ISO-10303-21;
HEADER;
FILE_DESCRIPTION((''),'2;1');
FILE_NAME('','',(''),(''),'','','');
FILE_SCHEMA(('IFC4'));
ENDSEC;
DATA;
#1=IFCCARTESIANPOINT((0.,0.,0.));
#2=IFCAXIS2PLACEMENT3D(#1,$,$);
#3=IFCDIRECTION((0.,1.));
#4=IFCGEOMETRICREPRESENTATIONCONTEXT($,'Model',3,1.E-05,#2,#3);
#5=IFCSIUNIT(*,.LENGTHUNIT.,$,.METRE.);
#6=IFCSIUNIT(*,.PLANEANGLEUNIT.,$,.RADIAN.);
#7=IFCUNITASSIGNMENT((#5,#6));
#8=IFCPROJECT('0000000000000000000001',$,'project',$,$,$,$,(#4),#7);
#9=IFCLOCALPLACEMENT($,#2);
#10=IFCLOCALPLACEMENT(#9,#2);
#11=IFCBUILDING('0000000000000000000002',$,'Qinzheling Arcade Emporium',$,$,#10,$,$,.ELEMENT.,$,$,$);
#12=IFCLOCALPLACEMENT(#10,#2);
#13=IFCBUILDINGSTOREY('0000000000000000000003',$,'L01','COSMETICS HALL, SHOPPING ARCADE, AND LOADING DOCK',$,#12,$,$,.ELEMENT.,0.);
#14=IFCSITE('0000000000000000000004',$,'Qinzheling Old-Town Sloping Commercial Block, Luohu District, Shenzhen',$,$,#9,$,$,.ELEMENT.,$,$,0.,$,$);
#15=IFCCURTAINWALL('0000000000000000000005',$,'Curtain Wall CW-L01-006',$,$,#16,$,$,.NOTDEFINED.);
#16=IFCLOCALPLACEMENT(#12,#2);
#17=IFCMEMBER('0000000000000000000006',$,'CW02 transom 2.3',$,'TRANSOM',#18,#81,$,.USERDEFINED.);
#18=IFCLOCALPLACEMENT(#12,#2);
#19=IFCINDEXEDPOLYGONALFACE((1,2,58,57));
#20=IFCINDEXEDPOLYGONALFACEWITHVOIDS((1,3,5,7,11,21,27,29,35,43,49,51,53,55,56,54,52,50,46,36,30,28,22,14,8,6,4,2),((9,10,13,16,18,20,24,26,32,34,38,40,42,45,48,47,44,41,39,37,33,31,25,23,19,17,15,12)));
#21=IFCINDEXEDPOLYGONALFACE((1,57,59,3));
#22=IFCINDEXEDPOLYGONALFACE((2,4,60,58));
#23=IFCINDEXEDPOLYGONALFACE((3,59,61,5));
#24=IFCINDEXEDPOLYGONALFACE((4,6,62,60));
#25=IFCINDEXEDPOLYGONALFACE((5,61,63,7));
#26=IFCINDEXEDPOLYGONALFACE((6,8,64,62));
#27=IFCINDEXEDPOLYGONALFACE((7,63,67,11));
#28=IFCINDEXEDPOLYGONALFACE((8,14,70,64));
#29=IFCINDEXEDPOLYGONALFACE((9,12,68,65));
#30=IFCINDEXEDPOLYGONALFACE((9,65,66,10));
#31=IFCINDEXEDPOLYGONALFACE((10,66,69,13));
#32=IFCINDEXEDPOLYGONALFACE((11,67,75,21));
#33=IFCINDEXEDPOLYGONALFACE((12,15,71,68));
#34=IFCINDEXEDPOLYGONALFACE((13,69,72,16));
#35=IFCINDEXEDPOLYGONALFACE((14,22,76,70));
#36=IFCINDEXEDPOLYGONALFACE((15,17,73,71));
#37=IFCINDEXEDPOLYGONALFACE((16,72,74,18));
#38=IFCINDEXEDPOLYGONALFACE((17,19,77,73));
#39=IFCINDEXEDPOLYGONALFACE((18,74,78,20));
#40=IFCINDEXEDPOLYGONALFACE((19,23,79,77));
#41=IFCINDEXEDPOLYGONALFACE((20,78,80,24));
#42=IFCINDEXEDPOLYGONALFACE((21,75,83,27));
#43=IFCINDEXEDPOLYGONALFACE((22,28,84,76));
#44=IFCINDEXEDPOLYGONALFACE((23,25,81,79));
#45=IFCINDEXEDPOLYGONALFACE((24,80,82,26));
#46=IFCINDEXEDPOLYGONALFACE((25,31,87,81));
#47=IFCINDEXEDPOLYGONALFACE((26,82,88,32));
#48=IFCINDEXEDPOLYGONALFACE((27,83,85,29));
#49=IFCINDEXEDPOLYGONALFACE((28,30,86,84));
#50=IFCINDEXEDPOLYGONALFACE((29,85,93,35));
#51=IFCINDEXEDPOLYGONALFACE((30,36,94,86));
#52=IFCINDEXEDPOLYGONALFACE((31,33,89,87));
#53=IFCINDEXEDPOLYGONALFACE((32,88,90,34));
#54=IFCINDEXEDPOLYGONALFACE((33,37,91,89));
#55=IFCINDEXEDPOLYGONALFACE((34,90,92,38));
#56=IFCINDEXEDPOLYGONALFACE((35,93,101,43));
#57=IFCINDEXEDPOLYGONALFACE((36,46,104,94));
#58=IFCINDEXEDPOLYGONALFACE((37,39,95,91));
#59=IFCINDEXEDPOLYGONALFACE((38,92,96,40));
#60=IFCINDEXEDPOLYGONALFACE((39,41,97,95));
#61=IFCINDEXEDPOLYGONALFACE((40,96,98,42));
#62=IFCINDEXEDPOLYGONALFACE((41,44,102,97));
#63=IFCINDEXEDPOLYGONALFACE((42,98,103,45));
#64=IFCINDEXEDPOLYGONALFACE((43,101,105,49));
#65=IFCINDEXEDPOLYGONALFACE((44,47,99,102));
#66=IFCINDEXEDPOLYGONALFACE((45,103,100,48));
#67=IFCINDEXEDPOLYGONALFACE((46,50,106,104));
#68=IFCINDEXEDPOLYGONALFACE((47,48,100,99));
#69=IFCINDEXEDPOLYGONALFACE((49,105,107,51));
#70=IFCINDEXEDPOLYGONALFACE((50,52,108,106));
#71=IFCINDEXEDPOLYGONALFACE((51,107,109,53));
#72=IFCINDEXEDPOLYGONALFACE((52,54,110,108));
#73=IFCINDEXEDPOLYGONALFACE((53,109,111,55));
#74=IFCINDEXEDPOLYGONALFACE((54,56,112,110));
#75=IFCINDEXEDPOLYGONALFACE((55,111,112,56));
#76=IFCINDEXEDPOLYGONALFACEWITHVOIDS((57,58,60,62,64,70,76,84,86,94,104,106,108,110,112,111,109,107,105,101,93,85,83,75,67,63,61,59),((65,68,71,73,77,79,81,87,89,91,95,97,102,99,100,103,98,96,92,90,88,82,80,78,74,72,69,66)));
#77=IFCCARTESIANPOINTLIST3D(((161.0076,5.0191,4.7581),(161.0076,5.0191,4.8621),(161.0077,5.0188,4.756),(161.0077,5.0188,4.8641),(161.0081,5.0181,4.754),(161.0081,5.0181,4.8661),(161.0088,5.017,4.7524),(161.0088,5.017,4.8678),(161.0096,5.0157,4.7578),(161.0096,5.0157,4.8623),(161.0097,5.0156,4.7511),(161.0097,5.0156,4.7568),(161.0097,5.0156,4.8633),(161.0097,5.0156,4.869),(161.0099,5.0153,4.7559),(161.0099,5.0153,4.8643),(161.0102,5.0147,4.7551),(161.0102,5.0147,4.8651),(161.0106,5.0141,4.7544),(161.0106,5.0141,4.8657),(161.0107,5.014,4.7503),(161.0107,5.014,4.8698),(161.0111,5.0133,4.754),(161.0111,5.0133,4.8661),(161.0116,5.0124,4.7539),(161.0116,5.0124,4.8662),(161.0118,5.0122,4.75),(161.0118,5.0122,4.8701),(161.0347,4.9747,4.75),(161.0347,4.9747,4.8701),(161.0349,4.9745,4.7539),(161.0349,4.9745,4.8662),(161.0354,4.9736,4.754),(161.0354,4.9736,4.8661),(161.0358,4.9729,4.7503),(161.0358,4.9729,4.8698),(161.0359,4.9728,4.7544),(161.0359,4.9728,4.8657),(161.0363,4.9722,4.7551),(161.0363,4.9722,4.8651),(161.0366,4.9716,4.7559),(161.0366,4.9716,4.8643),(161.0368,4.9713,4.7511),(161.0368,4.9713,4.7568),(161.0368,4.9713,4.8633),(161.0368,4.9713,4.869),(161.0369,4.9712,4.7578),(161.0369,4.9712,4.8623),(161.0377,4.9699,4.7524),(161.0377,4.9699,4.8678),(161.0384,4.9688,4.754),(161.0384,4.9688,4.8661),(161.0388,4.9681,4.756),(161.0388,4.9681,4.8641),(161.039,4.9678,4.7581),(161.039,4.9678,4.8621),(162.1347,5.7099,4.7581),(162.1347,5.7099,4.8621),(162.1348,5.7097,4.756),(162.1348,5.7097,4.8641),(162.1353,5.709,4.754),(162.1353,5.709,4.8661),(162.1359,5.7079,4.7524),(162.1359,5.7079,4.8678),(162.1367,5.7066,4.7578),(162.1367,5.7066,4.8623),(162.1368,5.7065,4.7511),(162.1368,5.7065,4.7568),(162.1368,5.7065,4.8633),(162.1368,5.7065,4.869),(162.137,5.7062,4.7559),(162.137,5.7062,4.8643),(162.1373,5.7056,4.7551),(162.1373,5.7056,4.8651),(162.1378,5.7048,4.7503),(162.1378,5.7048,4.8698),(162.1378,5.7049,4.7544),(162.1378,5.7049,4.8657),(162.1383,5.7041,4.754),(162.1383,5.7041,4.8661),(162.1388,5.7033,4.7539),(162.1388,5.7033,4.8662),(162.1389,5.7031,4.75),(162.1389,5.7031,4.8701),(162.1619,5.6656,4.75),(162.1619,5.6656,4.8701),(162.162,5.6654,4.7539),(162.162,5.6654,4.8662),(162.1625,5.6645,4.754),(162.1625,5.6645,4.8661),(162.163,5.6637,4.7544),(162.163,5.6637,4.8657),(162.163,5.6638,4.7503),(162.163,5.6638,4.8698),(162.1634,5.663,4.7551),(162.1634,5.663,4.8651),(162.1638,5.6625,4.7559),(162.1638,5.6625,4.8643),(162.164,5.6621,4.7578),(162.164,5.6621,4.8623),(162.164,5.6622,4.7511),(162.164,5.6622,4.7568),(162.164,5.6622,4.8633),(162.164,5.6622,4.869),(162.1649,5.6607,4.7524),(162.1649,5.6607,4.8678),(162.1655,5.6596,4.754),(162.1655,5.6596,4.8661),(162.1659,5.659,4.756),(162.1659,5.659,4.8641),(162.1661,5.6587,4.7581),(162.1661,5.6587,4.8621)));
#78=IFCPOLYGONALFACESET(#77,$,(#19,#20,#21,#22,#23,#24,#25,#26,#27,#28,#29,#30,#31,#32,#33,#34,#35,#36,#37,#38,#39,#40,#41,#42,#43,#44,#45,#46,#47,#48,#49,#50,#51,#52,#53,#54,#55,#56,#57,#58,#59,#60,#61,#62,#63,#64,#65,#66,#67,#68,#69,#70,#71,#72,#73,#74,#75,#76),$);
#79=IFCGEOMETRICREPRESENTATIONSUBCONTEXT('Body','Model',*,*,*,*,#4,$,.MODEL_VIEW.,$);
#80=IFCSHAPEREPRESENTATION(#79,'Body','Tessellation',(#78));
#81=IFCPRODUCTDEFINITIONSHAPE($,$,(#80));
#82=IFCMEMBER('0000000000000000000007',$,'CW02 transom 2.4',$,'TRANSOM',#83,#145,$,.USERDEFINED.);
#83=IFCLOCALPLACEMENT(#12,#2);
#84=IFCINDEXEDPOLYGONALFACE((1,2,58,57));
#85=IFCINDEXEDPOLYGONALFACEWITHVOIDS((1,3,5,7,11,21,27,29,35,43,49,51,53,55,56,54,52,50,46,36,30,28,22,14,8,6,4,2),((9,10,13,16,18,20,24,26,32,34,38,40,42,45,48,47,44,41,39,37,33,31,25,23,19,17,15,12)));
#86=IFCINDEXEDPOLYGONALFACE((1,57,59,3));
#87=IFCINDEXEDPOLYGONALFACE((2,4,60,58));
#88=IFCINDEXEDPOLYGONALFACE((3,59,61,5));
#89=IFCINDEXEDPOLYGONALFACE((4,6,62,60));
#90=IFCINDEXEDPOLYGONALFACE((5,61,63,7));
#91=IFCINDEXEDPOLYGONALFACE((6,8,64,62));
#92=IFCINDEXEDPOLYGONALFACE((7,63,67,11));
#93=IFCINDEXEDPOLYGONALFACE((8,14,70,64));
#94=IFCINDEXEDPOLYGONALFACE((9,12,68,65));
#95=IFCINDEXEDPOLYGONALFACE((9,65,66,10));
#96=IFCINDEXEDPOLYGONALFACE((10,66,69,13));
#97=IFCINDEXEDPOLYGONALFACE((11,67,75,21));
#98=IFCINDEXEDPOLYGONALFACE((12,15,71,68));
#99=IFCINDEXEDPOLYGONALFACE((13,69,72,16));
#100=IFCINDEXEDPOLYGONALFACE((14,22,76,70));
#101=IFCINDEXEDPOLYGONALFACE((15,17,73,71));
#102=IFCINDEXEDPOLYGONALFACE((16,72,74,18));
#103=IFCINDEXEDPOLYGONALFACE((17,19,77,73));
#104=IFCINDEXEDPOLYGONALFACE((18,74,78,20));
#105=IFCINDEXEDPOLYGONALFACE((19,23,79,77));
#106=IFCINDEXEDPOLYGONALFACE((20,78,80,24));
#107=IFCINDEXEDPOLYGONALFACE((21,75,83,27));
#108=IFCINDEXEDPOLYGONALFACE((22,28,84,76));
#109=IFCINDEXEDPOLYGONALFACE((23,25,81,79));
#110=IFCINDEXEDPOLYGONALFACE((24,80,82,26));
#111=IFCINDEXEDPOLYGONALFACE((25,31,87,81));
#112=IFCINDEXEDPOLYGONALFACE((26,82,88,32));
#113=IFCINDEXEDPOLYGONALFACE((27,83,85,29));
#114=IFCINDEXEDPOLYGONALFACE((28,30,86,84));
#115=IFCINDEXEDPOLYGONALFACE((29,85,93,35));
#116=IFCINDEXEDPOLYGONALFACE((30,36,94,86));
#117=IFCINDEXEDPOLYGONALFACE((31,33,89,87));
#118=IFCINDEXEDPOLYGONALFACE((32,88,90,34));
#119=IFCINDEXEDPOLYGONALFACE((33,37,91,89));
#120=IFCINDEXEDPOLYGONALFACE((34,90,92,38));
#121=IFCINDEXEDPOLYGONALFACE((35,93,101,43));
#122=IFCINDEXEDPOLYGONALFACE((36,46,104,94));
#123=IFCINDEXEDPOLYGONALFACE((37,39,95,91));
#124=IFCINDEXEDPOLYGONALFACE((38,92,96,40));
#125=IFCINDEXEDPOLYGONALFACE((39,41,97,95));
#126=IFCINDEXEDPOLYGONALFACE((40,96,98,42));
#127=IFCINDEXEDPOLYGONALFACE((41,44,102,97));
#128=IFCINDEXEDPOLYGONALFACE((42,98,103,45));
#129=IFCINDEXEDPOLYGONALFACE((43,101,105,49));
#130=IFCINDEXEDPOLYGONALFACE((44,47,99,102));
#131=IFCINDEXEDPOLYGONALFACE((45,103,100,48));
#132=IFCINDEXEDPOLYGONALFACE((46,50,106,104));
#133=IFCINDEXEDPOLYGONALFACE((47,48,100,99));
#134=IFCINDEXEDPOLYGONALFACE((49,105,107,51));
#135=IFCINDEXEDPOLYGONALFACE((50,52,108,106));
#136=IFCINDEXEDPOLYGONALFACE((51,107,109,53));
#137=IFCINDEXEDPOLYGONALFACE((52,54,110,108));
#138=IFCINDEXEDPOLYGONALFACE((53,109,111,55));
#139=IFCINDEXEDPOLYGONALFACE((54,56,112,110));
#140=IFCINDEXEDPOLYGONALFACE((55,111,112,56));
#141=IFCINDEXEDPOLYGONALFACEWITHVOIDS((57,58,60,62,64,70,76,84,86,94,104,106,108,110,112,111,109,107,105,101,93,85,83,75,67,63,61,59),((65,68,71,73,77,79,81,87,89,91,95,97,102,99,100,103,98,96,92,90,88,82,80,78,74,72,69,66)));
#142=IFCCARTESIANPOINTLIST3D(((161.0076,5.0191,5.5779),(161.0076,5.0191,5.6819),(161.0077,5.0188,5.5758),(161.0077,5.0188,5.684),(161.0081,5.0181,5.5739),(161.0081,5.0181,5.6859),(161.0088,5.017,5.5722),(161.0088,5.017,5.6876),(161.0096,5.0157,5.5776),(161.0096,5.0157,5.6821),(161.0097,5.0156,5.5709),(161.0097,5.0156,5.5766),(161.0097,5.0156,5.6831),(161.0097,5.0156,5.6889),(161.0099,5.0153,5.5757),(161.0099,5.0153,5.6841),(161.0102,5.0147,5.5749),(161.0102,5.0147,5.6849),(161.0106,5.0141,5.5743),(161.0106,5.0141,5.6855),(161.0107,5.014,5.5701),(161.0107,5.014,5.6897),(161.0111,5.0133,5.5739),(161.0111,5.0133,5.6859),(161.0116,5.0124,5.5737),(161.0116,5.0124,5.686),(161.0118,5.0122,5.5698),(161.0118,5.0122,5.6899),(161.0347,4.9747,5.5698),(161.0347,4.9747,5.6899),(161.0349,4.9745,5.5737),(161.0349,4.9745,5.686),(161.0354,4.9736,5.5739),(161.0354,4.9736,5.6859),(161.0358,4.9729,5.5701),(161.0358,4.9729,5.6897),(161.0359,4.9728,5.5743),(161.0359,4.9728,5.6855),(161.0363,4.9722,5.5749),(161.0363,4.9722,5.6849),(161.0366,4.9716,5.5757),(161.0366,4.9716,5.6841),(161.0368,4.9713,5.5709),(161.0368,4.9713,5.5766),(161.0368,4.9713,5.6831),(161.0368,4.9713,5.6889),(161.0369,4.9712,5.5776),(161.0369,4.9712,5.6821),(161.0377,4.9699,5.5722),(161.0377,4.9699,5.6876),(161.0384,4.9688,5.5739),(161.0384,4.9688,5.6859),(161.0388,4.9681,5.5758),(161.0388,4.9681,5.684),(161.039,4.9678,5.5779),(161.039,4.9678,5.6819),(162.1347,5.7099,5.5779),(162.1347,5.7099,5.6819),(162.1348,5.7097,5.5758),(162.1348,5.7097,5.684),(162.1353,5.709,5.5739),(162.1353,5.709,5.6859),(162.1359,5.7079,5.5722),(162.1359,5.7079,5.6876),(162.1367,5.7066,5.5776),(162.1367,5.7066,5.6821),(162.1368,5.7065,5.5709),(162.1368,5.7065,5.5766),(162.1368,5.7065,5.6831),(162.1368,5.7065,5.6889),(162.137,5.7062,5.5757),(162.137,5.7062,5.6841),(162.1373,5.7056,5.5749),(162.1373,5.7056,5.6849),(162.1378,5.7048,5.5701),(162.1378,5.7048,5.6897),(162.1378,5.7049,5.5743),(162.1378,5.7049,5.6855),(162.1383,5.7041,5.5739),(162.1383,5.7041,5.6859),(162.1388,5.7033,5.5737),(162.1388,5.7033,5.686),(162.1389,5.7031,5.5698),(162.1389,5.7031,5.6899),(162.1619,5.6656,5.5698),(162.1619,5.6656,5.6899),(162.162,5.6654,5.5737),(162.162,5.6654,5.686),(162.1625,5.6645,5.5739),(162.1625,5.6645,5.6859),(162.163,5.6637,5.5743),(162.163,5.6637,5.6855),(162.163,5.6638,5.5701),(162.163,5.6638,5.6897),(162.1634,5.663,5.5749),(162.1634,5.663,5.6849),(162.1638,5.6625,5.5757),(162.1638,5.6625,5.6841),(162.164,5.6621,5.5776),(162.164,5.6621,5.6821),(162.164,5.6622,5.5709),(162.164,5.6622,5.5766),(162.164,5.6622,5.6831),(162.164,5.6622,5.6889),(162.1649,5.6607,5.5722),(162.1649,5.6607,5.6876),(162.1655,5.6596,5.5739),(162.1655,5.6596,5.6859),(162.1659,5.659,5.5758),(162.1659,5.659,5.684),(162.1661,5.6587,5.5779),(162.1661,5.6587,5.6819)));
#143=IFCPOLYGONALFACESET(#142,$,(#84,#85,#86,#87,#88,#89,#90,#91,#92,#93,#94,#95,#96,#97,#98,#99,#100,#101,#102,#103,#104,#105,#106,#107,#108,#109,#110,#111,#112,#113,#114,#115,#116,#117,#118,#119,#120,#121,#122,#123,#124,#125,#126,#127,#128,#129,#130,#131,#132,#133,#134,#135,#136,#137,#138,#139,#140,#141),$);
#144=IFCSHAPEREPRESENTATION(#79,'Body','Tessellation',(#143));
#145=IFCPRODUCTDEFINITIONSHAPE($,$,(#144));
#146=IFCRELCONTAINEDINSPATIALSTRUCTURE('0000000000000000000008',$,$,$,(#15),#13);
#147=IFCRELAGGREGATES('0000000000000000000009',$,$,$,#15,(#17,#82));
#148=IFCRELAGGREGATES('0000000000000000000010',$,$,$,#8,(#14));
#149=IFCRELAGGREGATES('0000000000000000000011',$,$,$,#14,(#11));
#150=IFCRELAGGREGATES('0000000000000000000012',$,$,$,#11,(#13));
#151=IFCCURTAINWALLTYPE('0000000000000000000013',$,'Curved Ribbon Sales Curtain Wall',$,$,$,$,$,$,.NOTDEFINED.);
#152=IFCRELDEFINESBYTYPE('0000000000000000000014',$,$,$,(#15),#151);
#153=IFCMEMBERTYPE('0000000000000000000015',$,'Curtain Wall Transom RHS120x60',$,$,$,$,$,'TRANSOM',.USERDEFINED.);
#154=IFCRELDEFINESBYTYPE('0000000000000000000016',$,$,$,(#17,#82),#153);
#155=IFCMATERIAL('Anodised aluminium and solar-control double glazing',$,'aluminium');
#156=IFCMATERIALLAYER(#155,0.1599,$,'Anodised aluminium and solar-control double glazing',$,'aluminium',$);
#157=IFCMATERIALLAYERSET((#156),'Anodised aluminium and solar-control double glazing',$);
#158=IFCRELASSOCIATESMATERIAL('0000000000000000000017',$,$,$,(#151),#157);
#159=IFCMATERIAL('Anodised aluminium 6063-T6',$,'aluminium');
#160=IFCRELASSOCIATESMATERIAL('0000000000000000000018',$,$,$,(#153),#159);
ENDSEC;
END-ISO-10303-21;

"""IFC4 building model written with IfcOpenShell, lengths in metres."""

from ifc_helpers import new_model, si_unit, direction, frame, origin, origin_2d, place, context, subcontext, project, spatial, hollow_rectangle, extrude, material, layer, layer_set, material_profile, profile_set, type_object, element, aggregate, save


model = new_model("IFC4")

# Units and contexts
model_context = context("Model", 3, precision=1e-05, world=origin(), true_north=direction((0.0, 1.0)))
body_context = subcontext(model_context, "Body", "Model", "MODEL_VIEW")
ifc_project = project(units=[si_unit("LENGTHUNIT", "METRE"), si_unit("PLANEANGLEUNIT", "RADIAN")], contexts=[model_context])

# Site, building, storey
site_placement = place(None, origin())
site = spatial("IfcSite", under=ifc_project, at=site_placement, Name="Qinzheling Old-Town Sloping Commercial Block, Luohu District, Shenzhen", CompositionType="ELEMENT", RefElevation=0.0)
building_placement = place(site_placement, origin())
building = spatial("IfcBuilding", under=site, at=building_placement, Name="Qinzheling Arcade Emporium", CompositionType="ELEMENT")
storey_placement = place(building_placement, origin())
storey = spatial("IfcBuildingStorey", under=building, at=storey_placement, Name="L01", Description="COSMETICS HALL, SHOPPING ARCADE, AND LOADING DOCK", CompositionType="ELEMENT", Elevation=0.0)

# Shared definitions
ifc_material_1 = material(Name="Anodised aluminium and solar-control double glazing", Category="aluminium")
ifc_layer_1 = layer(ifc_material_1, 0.1599, Name="Anodised aluminium and solar-control double glazing", Category="aluminium")
ifc_layer_set_1 = layer_set([ifc_layer_1], Name="Anodised aluminium and solar-control double glazing")
curtain_wall_type = type_object("IfcCurtainWallType", Name="Curved Ribbon Sales Curtain Wall", PredefinedType="NOTDEFINED", material=ifc_layer_set_1)
ifc_material_2 = material(Name="Anodised aluminium 6063-T6", Category="aluminium")

# Curtain wall
curtain_wall_1_placement = place(storey_placement, origin())
curtain_wall_1 = element("IfcCurtainWall", 1, at=curtain_wall_1_placement, inside=storey, type_object=curtain_wall_type, Name="Curtain Wall CW-L01-006", PredefinedType="NOTDEFINED")

# Members
ifc_material_profile_1 = material_profile(ifc_material_2, hollow_rectangle(XDim=0.0601, YDim=0.1201, WallThickness=0.0039, InnerFilletRadius=0.0039, OuterFilletRadius=0.0081, at=origin_2d()), Name="RHS 120x60x4", Category="aluminium")
ifc_profile_set_1 = profile_set([ifc_material_profile_1], Name="Anodised aluminium 6063-T6")
member_type_1 = type_object("IfcMemberType", Name="Curtain Wall Transom RHS120x60", ElementType="TRANSOM", PredefinedType="USERDEFINED", material=ifc_profile_set_1)
member_1_placement = place(storey_placement, frame((162.1504, 5.6843, 4.8101), z_axis=(-0.852583, -0.522592, 0.0), x_axis=(0.522592, -0.852583, 0.0)))
member_1 = element("IfcMember", 2, at=member_1_placement, type_object=member_type_1, Name="CW02 transom 2.3", ObjectType="TRANSOM", PredefinedType="USERDEFINED", context=body_context, shape_type="SweptSolid", body=[
    extrude(hollow_rectangle(XDim=0.0601, YDim=0.1201, WallThickness=0.0039, InnerFilletRadius=0.0039, OuterFilletRadius=0.0081, at=origin_2d()), origin(), (0.0, 0.0, 1.0), 1.322),
])
member_2_placement = place(storey_placement, frame((162.1504, 5.6843, 5.6299), z_axis=(-0.852583, -0.522592, 0.0), x_axis=(0.522592, -0.852583, 0.0)))
member_2 = element("IfcMember", 3, at=member_2_placement, type_object=member_type_1, Name="CW02 transom 2.4", ObjectType="TRANSOM", PredefinedType="USERDEFINED", context=body_context, shape_type="SweptSolid", body=[
    extrude(hollow_rectangle(XDim=0.0601, YDim=0.1201, WallThickness=0.0039, InnerFilletRadius=0.0039, OuterFilletRadius=0.0081, at=origin_2d()), origin(), (0.0, 0.0, 1.0), 1.322),
])

aggregate(curtain_wall_1, [member_1, member_2])

save(model, "model.ifc")
